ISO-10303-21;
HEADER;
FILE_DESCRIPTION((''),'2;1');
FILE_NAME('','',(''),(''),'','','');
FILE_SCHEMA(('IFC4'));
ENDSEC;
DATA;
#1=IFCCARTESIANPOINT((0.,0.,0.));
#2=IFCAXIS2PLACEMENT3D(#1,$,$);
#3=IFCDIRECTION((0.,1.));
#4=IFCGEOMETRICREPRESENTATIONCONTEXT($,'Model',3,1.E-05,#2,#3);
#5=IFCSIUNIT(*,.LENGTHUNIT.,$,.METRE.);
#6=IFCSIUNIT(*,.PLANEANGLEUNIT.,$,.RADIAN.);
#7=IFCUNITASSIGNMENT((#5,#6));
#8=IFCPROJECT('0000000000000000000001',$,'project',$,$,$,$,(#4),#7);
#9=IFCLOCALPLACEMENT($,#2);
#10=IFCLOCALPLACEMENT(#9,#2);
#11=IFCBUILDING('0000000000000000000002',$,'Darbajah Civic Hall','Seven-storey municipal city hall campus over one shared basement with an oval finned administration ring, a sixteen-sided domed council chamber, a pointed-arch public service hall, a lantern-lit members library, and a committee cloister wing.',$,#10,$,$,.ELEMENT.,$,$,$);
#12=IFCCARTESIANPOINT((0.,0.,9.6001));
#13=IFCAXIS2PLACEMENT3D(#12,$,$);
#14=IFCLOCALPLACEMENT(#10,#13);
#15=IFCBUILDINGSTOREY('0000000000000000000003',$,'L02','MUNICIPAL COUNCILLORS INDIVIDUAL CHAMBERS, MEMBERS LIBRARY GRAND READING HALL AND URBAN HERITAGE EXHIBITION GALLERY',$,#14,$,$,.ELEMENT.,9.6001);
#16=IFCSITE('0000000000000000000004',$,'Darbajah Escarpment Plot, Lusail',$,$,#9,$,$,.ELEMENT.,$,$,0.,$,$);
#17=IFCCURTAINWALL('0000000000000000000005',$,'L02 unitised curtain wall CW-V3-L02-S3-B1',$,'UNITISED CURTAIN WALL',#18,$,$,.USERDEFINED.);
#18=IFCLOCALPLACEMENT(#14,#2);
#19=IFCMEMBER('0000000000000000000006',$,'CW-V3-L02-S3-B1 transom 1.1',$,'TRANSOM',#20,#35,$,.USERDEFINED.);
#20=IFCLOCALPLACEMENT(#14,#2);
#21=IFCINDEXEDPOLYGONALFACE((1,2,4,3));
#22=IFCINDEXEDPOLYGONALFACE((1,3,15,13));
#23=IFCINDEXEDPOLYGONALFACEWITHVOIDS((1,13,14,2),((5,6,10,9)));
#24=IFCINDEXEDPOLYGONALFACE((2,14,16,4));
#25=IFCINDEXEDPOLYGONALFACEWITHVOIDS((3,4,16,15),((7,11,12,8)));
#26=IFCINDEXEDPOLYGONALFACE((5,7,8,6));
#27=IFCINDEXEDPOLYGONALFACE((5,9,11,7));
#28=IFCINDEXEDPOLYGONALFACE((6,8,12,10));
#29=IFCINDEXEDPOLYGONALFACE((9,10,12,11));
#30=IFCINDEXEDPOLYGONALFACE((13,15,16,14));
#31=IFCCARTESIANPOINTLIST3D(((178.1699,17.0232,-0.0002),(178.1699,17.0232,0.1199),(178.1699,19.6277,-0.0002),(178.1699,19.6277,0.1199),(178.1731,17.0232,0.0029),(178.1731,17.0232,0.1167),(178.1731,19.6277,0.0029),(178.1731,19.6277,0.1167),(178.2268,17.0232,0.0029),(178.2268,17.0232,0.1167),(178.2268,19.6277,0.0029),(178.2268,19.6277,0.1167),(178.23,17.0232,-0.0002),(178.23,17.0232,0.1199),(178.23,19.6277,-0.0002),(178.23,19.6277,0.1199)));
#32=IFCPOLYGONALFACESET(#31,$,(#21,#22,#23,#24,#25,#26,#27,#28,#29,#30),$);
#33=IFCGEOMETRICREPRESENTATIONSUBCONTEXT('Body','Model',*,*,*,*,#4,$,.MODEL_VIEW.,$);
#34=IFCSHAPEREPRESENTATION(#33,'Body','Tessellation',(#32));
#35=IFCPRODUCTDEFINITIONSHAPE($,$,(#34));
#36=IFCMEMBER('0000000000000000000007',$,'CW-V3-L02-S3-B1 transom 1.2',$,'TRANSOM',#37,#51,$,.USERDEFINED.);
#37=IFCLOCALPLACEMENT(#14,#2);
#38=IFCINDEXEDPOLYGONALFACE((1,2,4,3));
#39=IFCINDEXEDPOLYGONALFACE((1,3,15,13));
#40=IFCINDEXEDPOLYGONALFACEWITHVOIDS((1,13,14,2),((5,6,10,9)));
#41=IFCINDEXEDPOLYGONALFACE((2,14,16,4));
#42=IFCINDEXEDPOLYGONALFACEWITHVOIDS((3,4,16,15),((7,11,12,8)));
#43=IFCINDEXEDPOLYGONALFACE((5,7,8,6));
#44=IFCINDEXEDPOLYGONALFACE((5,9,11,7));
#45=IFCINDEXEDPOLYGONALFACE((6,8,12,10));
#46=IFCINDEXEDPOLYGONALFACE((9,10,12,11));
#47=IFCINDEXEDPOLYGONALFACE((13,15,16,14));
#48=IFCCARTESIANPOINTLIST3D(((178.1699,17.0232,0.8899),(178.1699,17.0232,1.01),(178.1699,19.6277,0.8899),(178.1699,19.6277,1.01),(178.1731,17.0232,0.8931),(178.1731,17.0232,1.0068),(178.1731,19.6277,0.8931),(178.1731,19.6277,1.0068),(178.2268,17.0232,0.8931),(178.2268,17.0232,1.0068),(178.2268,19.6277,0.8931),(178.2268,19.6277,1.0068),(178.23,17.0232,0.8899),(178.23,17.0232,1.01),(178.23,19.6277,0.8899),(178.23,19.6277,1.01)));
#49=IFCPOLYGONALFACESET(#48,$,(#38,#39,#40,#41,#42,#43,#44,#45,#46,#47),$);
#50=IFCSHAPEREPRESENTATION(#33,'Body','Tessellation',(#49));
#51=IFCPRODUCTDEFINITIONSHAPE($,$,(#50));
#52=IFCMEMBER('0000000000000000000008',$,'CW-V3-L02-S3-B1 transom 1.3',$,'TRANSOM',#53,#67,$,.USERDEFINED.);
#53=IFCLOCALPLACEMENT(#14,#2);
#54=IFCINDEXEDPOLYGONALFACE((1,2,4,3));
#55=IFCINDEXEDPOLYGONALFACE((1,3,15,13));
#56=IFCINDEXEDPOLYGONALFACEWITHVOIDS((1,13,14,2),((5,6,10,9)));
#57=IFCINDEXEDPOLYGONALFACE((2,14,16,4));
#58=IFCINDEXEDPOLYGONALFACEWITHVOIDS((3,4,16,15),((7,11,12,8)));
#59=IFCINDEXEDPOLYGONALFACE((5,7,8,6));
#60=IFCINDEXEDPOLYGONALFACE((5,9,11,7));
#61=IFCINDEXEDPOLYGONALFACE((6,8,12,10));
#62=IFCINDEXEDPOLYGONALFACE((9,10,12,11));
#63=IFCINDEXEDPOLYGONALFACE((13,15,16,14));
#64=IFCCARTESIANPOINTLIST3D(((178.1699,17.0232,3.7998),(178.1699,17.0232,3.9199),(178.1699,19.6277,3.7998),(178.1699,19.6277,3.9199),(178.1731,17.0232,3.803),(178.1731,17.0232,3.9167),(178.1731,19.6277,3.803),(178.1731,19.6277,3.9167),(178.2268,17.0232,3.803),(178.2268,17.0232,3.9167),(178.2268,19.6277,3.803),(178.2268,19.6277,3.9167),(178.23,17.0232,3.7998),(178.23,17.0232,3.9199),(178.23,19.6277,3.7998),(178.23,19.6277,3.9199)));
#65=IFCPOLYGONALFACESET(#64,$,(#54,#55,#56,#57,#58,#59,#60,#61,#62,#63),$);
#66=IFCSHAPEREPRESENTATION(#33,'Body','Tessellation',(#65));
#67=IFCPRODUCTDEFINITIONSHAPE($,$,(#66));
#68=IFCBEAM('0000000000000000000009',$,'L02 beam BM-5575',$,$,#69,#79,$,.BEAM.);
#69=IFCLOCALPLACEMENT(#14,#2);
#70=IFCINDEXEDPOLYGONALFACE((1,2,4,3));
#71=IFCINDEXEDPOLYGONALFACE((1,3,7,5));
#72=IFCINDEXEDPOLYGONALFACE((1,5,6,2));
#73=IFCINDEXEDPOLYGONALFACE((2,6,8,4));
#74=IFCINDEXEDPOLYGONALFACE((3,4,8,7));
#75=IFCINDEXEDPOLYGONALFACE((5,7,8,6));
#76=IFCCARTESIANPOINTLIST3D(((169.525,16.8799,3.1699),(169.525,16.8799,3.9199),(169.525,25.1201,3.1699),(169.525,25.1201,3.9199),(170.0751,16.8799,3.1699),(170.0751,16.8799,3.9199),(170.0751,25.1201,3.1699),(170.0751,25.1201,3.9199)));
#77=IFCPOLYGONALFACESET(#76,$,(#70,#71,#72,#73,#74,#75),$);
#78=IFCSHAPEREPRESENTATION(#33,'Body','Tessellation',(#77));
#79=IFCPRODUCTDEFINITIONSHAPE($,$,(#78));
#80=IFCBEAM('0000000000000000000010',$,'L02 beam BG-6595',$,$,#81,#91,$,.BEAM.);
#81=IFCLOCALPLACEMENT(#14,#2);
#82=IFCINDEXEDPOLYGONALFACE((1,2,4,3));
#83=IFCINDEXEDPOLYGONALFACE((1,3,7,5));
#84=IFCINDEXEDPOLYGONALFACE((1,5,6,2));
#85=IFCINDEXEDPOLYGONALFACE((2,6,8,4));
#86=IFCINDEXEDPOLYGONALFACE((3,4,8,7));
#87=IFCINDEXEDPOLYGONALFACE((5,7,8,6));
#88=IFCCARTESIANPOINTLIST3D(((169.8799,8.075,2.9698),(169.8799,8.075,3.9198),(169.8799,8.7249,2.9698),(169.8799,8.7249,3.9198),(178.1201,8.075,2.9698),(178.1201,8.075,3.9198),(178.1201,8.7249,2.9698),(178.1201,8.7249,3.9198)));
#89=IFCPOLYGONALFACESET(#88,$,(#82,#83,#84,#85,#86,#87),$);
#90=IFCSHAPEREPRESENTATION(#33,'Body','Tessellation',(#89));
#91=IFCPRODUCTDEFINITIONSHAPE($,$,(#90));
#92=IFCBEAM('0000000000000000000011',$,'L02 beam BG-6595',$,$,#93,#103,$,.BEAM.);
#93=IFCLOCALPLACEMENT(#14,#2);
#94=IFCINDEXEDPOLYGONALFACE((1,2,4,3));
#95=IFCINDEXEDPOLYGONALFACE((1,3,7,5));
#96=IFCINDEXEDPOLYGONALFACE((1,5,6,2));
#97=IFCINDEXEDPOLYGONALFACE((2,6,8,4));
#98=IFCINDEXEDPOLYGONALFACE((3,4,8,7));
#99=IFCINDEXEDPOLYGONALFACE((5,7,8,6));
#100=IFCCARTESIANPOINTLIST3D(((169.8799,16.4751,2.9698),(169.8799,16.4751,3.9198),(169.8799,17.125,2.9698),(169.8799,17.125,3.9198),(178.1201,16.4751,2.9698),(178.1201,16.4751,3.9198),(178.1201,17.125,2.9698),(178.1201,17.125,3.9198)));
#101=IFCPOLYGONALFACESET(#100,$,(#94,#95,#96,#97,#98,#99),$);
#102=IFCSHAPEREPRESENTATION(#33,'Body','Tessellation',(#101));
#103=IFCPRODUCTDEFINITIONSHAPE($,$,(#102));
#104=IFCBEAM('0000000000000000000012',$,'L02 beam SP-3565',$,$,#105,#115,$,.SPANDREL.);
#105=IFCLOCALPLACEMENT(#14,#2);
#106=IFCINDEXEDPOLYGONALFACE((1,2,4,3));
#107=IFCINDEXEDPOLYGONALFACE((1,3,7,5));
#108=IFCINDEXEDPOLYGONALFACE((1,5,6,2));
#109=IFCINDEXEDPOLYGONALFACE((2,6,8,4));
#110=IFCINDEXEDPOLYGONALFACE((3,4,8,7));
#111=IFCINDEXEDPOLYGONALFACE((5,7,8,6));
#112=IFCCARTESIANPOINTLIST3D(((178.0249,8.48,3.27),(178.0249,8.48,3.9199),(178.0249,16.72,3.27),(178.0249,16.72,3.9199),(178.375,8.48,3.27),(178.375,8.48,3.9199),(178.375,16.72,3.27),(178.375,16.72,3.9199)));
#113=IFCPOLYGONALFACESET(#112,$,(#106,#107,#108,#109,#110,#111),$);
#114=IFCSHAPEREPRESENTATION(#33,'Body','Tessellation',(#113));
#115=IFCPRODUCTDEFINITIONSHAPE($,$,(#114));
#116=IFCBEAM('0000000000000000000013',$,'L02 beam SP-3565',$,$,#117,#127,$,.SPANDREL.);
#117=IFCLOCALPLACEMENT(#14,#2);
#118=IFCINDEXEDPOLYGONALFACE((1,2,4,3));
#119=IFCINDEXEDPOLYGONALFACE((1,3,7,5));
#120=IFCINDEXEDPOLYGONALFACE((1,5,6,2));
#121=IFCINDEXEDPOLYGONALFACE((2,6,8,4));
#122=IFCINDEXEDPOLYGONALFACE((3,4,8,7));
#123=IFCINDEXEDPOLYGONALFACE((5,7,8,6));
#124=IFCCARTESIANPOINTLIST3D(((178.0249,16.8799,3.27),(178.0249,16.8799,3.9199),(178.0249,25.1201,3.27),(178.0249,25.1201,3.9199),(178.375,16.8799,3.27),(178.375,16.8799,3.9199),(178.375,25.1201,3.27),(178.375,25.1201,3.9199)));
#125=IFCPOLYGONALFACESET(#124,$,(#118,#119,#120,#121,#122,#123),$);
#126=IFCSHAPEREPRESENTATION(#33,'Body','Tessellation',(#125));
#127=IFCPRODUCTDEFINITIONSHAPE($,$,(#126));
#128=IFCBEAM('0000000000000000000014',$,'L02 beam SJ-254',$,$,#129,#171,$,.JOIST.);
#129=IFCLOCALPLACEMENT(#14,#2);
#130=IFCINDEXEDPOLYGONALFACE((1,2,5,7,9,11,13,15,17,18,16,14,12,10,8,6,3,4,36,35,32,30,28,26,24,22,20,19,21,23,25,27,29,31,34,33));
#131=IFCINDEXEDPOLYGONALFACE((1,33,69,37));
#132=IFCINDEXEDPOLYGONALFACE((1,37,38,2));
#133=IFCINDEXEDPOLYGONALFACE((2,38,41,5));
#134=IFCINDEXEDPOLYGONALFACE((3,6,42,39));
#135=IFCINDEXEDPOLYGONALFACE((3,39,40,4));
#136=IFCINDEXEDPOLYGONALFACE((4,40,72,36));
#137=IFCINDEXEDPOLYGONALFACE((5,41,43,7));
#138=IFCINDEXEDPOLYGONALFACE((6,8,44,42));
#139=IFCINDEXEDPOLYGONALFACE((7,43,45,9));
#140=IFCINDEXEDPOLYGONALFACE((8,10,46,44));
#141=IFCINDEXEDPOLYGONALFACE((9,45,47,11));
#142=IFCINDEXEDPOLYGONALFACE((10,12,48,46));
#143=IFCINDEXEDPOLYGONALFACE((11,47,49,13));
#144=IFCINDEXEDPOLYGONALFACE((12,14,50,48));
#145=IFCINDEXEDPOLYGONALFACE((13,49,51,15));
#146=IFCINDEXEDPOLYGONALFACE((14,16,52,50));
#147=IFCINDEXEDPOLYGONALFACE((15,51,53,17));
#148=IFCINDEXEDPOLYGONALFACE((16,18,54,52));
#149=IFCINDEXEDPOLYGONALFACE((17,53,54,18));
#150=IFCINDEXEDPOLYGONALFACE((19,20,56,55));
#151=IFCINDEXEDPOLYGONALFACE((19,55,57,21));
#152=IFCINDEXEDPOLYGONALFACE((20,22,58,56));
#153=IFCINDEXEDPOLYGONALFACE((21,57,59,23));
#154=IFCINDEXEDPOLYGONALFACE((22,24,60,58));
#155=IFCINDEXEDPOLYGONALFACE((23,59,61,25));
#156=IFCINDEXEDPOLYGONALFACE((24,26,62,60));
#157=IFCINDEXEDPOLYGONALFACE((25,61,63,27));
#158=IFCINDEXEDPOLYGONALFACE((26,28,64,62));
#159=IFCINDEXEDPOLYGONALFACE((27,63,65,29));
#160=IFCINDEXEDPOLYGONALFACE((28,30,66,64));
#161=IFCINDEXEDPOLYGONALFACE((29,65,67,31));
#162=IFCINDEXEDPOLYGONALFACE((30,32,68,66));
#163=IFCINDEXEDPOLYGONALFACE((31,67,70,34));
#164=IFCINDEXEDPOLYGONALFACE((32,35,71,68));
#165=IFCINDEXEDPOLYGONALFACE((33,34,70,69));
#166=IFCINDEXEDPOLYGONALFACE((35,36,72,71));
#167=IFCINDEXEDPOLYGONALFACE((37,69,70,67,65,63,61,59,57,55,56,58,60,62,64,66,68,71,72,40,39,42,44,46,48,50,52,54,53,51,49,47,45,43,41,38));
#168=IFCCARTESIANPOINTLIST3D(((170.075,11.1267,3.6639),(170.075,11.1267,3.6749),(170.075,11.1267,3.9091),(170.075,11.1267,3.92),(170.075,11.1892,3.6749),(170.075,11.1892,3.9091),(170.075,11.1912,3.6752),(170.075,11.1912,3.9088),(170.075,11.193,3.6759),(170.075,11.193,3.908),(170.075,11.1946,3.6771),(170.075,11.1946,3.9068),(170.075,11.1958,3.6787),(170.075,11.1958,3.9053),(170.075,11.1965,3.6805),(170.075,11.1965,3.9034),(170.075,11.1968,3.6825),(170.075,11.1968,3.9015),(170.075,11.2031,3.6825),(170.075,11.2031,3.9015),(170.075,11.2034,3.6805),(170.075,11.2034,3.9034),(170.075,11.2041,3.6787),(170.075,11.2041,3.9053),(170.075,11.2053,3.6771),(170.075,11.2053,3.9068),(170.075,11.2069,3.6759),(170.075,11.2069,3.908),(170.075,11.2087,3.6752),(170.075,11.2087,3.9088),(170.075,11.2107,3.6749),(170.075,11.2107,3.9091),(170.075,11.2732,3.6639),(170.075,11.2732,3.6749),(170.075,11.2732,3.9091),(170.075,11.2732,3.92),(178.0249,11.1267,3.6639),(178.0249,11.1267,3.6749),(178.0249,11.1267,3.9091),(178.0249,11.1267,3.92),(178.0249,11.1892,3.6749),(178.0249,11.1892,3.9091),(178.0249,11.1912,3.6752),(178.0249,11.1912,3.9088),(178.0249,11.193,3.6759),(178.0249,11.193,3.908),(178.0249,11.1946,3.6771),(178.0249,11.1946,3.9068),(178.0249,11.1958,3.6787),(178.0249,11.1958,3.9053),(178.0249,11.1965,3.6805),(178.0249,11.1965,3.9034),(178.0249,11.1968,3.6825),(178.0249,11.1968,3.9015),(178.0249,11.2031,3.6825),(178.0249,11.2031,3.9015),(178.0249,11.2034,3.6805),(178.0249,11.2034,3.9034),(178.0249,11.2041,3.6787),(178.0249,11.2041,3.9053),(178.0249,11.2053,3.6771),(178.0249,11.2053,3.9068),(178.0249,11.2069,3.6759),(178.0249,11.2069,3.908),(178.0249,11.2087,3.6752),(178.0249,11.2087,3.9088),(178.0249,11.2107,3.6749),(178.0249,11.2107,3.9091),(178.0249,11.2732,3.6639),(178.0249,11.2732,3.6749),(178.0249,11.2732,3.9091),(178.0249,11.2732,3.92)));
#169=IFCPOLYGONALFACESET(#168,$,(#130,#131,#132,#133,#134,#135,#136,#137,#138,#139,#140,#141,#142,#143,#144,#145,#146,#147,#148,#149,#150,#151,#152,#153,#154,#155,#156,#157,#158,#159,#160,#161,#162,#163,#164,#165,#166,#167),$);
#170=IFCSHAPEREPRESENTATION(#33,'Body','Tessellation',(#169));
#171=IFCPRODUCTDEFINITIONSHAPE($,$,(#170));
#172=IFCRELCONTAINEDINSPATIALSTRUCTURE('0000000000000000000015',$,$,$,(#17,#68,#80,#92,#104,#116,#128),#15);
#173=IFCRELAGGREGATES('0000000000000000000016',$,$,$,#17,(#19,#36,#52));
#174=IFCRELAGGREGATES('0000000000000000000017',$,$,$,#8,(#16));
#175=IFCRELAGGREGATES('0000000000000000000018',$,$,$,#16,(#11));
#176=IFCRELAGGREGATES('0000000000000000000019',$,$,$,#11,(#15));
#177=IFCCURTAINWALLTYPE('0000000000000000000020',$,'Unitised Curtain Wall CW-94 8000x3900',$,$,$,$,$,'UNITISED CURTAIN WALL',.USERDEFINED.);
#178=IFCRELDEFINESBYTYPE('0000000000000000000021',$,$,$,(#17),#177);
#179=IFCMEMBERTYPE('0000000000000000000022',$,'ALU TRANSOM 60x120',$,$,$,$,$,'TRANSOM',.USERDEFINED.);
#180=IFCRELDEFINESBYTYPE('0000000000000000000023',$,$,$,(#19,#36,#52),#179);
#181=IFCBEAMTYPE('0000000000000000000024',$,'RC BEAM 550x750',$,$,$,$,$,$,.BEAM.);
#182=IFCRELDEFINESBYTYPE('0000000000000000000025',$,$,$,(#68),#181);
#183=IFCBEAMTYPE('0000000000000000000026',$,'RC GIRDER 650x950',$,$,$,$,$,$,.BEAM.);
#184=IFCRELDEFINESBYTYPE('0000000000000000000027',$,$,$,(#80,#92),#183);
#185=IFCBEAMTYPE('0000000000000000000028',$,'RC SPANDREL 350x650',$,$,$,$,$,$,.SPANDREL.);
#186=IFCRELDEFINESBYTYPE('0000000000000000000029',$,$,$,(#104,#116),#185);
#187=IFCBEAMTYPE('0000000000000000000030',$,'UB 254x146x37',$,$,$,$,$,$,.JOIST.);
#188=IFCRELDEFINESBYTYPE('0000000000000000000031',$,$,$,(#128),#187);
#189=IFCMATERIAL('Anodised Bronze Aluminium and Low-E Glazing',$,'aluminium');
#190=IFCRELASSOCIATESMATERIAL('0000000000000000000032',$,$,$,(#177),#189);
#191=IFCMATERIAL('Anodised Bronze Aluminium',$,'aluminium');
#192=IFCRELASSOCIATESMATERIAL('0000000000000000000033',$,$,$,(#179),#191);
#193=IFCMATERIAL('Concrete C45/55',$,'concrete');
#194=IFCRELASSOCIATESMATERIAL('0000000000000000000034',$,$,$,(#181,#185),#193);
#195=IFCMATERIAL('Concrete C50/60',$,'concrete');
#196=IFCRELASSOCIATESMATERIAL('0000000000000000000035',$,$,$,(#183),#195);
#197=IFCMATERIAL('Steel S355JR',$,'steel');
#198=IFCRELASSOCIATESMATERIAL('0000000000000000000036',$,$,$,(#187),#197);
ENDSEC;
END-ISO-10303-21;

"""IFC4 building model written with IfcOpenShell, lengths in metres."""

from ifc_helpers import new_model, si_unit, direction, frame, origin, origin_2d, place, context, subcontext, project, spatial, rectangle, hollow_rectangle, i_section, extrude, material, material_profile, profile_set, type_object, element, aggregate, save


model = new_model("IFC4")

# Units and contexts
model_context = context("Model", 3, precision=1e-05, world=origin(), true_north=direction((0.0, 1.0)))
body_context = subcontext(model_context, "Body", "Model", "MODEL_VIEW")
ifc_project = project(units=[si_unit("LENGTHUNIT", "METRE"), si_unit("PLANEANGLEUNIT", "RADIAN")], contexts=[model_context])

# Site, building, storey
site_placement = place(None, origin())
site = spatial("IfcSite", under=ifc_project, at=site_placement, Name="Darbajah Escarpment Plot, Lusail", CompositionType="ELEMENT", RefElevation=0.0)
building_placement = place(site_placement, origin())
building = spatial("IfcBuilding", under=site, at=building_placement, Name="Darbajah Civic Hall", Description="Seven-storey municipal city hall campus over one shared basement with an oval finned administration ring, a sixteen-sided domed council chamber, a pointed-arch public service hall, a lantern-lit members library, and a committee cloister wing.", CompositionType="ELEMENT")
storey_placement = place(building_placement, frame((0.0, 0.0, 9.6001)))
storey = spatial("IfcBuildingStorey", under=building, at=storey_placement, Name="L02", Description="MUNICIPAL COUNCILLORS INDIVIDUAL CHAMBERS, MEMBERS LIBRARY GRAND READING HALL AND URBAN HERITAGE EXHIBITION GALLERY", CompositionType="ELEMENT", Elevation=9.6001)

# Shared definitions
ifc_material_1 = material(Name="Steel S355JR", Category="steel")

# Shared definitions
ifc_material_2 = material(Name="Anodised Bronze Aluminium and Low-E Glazing", Category="aluminium")
curtain_wall_type = type_object("IfcCurtainWallType", Name="Unitised Curtain Wall CW-94 8000x3900", ElementType="UNITISED CURTAIN WALL", PredefinedType="USERDEFINED", material=ifc_material_2)
ifc_material_3 = material(Name="Anodised Bronze Aluminium", Category="aluminium")

# Curtain wall
curtain_wall_1_placement = place(storey_placement, origin())
curtain_wall_1 = element("IfcCurtainWall", 1, at=curtain_wall_1_placement, inside=storey, type_object=curtain_wall_type, Name="L02 unitised curtain wall CW-V3-L02-S3-B1", ObjectType="UNITISED CURTAIN WALL", PredefinedType="USERDEFINED")

# Members
ifc_material_profile_1 = material_profile(ifc_material_3, hollow_rectangle(XDim=0.0601, YDim=0.1201, WallThickness=0.0032, at=origin_2d()), Name="ALU TRANSOM 60x120")
ifc_profile_set_1 = profile_set([ifc_material_profile_1], Name="Anodised Bronze Aluminium")
member_type_1 = type_object("IfcMemberType", Name="ALU TRANSOM 60x120", ElementType="TRANSOM", PredefinedType="USERDEFINED", material=ifc_profile_set_1)
member_1_placement = place(storey_placement, frame((178.2, 17.0232, 0.0598), z_axis=(0.0, 1.0, 0.0), x_axis=(-1.0, 0.0, 0.0)))
member_1 = element("IfcMember", 2, at=member_1_placement, type_object=member_type_1, Name="CW-V3-L02-S3-B1 transom 1.1", ObjectType="TRANSOM", PredefinedType="USERDEFINED", context=body_context, shape_type="SweptSolid", body=[
    extrude(hollow_rectangle(XDim=0.0601, YDim=0.1201, WallThickness=0.0032, at=origin_2d()), origin(), (0.0, 0.0, 1.0), 2.6045),
])
member_2_placement = place(storey_placement, frame((178.2, 17.0232, 0.95), z_axis=(0.0, 1.0, 0.0), x_axis=(-1.0, 0.0, 0.0)))
member_2 = element("IfcMember", 3, at=member_2_placement, type_object=member_type_1, Name="CW-V3-L02-S3-B1 transom 1.2", ObjectType="TRANSOM", PredefinedType="USERDEFINED", context=body_context, shape_type="SweptSolid", body=[
    extrude(hollow_rectangle(XDim=0.0601, YDim=0.1201, WallThickness=0.0032, at=origin_2d()), origin(), (0.0, 0.0, 1.0), 2.6045),
])
member_3_placement = place(storey_placement, frame((178.2, 17.0232, 3.8599), z_axis=(0.0, 1.0, 0.0), x_axis=(-1.0, 0.0, 0.0)))
member_3 = element("IfcMember", 4, at=member_3_placement, type_object=member_type_1, Name="CW-V3-L02-S3-B1 transom 1.3", ObjectType="TRANSOM", PredefinedType="USERDEFINED", context=body_context, shape_type="SweptSolid", body=[
    extrude(hollow_rectangle(XDim=0.0601, YDim=0.1201, WallThickness=0.0032, at=origin_2d()), origin(), (0.0, 0.0, 1.0), 2.6045),
])

# Beams
ifc_material_4 = material(Name="Concrete C45/55", Category="concrete")
ifc_material_profile_2 = material_profile(ifc_material_4, rectangle(XDim=0.55, YDim=0.75, at=origin_2d()), Name="RC BEAM 550x750")
ifc_profile_set_2 = profile_set([ifc_material_profile_2], Name="Concrete C45/55")
beam_type_1 = type_object("IfcBeamType", Name="RC BEAM 550x750", PredefinedType="BEAM", material=ifc_profile_set_2)
beam_1_placement = place(storey_placement, frame((169.8, 16.8799, 3.5449), z_axis=(0.0, 1.0, 0.0), x_axis=(-1.0, 0.0, 0.0)))
element("IfcBeam", 5, at=beam_1_placement, inside=storey, type_object=beam_type_1, Name="L02 beam BM-5575", PredefinedType="BEAM", context=body_context, shape_type="SweptSolid", body=[
    extrude(rectangle(XDim=0.55, YDim=0.75, at=origin_2d()), origin(), (0.0, 0.0, 1.0), 8.2402),
])
ifc_material_5 = material(Name="Concrete C50/60", Category="concrete")
ifc_material_profile_3 = material_profile(ifc_material_5, rectangle(XDim=0.6499, YDim=0.95, at=origin_2d()), Name="RC GIRDER 650x950")
ifc_profile_set_3 = profile_set([ifc_material_profile_3], Name="Concrete C50/60")
beam_type_2 = type_object("IfcBeamType", Name="RC GIRDER 650x950", PredefinedType="BEAM", material=ifc_profile_set_3)
for number, where, z_axis, x_axis, name in (
    (6, (169.8799, 8.3999, 3.4448), (1.0, 0.0, 0.0), (0.0, 1.0, 0.0), "L02 beam BG-6595"),
    (7, (169.8799, 16.8, 3.4448), (1.0, 0.0, 0.0), (0.0, 1.0, 0.0), "L02 beam BG-6595"),
):
    element("IfcBeam", number, at=place(storey_placement, frame(where, z_axis=z_axis, x_axis=x_axis)), inside=storey, type_object=beam_type_2, Name=name, PredefinedType="BEAM", context=body_context, shape_type="SweptSolid", body=[
        extrude(rectangle(XDim=0.6499, YDim=0.95, at=origin_2d()), origin(), (0.0, 0.0, 1.0), 8.2402),
    ])
ifc_material_profile_4 = material_profile(ifc_material_4, rectangle(XDim=0.3501, YDim=0.6499, at=origin_2d()), Name="RC SPANDREL 350x650")
ifc_profile_set_4 = profile_set([ifc_material_profile_4], Name="Concrete C45/55")
beam_type_3 = type_object("IfcBeamType", Name="RC SPANDREL 350x650", PredefinedType="SPANDREL", material=ifc_profile_set_4)
beam_2_placement = place(storey_placement, frame((178.2, 8.48, 3.595), z_axis=(0.0, 1.0, 0.0), x_axis=(-1.0, 0.0, 0.0)))
element("IfcBeam", 8, at=beam_2_placement, inside=storey, type_object=beam_type_3, Name="L02 beam SP-3565", PredefinedType="SPANDREL", context=body_context, shape_type="SweptSolid", body=[
    extrude(rectangle(XDim=0.3501, YDim=0.6499, at=origin_2d()), origin(), (0.0, 0.0, 1.0), 8.24),
])
beam_3_placement = place(storey_placement, frame((178.2, 16.8799, 3.595), z_axis=(0.0, 1.0, 0.0), x_axis=(-1.0, 0.0, 0.0)))
element("IfcBeam", 9, at=beam_3_placement, inside=storey, type_object=beam_type_3, Name="L02 beam SP-3565", PredefinedType="SPANDREL", context=body_context, shape_type="SweptSolid", body=[
    extrude(rectangle(XDim=0.3501, YDim=0.6499, at=origin_2d()), origin(), (0.0, 0.0, 1.0), 8.2402),
])
ifc_material_profile_5 = material_profile(ifc_material_1, i_section(OverallWidth=0.1465, OverallDepth=0.2561, WebThickness=0.0063, FlangeThickness=0.011, FilletRadius=0.0076, at=origin_2d()), Name="UB 254x146x37")
ifc_profile_set_5 = profile_set([ifc_material_profile_5], Name="Steel S355JR")
beam_type_4 = type_object("IfcBeamType", Name="UB 254x146x37", PredefinedType="JOIST", material=ifc_profile_set_5)
for number, where, z_axis, x_axis, name in (
    (10, (170.075, 11.2, 3.792), (1.0, 0.0, 0.0), (0.0, 1.0, 0.0), "L02 beam SJ-254"),
):
    element("IfcBeam", number, at=place(storey_placement, frame(where, z_axis=z_axis, x_axis=x_axis)), inside=storey, type_object=beam_type_4, Name=name, PredefinedType="JOIST", context=body_context, shape_type="SweptSolid", body=[
        extrude(i_section(OverallWidth=0.1465, OverallDepth=0.2561, WebThickness=0.0063, FlangeThickness=0.011, FilletRadius=0.0076, at=origin_2d()), origin(), (0.0, 0.0, 1.0), 7.95),
    ])

aggregate(curtain_wall_1, [member_1, member_2, member_3])

save(model, "model.ifc")
